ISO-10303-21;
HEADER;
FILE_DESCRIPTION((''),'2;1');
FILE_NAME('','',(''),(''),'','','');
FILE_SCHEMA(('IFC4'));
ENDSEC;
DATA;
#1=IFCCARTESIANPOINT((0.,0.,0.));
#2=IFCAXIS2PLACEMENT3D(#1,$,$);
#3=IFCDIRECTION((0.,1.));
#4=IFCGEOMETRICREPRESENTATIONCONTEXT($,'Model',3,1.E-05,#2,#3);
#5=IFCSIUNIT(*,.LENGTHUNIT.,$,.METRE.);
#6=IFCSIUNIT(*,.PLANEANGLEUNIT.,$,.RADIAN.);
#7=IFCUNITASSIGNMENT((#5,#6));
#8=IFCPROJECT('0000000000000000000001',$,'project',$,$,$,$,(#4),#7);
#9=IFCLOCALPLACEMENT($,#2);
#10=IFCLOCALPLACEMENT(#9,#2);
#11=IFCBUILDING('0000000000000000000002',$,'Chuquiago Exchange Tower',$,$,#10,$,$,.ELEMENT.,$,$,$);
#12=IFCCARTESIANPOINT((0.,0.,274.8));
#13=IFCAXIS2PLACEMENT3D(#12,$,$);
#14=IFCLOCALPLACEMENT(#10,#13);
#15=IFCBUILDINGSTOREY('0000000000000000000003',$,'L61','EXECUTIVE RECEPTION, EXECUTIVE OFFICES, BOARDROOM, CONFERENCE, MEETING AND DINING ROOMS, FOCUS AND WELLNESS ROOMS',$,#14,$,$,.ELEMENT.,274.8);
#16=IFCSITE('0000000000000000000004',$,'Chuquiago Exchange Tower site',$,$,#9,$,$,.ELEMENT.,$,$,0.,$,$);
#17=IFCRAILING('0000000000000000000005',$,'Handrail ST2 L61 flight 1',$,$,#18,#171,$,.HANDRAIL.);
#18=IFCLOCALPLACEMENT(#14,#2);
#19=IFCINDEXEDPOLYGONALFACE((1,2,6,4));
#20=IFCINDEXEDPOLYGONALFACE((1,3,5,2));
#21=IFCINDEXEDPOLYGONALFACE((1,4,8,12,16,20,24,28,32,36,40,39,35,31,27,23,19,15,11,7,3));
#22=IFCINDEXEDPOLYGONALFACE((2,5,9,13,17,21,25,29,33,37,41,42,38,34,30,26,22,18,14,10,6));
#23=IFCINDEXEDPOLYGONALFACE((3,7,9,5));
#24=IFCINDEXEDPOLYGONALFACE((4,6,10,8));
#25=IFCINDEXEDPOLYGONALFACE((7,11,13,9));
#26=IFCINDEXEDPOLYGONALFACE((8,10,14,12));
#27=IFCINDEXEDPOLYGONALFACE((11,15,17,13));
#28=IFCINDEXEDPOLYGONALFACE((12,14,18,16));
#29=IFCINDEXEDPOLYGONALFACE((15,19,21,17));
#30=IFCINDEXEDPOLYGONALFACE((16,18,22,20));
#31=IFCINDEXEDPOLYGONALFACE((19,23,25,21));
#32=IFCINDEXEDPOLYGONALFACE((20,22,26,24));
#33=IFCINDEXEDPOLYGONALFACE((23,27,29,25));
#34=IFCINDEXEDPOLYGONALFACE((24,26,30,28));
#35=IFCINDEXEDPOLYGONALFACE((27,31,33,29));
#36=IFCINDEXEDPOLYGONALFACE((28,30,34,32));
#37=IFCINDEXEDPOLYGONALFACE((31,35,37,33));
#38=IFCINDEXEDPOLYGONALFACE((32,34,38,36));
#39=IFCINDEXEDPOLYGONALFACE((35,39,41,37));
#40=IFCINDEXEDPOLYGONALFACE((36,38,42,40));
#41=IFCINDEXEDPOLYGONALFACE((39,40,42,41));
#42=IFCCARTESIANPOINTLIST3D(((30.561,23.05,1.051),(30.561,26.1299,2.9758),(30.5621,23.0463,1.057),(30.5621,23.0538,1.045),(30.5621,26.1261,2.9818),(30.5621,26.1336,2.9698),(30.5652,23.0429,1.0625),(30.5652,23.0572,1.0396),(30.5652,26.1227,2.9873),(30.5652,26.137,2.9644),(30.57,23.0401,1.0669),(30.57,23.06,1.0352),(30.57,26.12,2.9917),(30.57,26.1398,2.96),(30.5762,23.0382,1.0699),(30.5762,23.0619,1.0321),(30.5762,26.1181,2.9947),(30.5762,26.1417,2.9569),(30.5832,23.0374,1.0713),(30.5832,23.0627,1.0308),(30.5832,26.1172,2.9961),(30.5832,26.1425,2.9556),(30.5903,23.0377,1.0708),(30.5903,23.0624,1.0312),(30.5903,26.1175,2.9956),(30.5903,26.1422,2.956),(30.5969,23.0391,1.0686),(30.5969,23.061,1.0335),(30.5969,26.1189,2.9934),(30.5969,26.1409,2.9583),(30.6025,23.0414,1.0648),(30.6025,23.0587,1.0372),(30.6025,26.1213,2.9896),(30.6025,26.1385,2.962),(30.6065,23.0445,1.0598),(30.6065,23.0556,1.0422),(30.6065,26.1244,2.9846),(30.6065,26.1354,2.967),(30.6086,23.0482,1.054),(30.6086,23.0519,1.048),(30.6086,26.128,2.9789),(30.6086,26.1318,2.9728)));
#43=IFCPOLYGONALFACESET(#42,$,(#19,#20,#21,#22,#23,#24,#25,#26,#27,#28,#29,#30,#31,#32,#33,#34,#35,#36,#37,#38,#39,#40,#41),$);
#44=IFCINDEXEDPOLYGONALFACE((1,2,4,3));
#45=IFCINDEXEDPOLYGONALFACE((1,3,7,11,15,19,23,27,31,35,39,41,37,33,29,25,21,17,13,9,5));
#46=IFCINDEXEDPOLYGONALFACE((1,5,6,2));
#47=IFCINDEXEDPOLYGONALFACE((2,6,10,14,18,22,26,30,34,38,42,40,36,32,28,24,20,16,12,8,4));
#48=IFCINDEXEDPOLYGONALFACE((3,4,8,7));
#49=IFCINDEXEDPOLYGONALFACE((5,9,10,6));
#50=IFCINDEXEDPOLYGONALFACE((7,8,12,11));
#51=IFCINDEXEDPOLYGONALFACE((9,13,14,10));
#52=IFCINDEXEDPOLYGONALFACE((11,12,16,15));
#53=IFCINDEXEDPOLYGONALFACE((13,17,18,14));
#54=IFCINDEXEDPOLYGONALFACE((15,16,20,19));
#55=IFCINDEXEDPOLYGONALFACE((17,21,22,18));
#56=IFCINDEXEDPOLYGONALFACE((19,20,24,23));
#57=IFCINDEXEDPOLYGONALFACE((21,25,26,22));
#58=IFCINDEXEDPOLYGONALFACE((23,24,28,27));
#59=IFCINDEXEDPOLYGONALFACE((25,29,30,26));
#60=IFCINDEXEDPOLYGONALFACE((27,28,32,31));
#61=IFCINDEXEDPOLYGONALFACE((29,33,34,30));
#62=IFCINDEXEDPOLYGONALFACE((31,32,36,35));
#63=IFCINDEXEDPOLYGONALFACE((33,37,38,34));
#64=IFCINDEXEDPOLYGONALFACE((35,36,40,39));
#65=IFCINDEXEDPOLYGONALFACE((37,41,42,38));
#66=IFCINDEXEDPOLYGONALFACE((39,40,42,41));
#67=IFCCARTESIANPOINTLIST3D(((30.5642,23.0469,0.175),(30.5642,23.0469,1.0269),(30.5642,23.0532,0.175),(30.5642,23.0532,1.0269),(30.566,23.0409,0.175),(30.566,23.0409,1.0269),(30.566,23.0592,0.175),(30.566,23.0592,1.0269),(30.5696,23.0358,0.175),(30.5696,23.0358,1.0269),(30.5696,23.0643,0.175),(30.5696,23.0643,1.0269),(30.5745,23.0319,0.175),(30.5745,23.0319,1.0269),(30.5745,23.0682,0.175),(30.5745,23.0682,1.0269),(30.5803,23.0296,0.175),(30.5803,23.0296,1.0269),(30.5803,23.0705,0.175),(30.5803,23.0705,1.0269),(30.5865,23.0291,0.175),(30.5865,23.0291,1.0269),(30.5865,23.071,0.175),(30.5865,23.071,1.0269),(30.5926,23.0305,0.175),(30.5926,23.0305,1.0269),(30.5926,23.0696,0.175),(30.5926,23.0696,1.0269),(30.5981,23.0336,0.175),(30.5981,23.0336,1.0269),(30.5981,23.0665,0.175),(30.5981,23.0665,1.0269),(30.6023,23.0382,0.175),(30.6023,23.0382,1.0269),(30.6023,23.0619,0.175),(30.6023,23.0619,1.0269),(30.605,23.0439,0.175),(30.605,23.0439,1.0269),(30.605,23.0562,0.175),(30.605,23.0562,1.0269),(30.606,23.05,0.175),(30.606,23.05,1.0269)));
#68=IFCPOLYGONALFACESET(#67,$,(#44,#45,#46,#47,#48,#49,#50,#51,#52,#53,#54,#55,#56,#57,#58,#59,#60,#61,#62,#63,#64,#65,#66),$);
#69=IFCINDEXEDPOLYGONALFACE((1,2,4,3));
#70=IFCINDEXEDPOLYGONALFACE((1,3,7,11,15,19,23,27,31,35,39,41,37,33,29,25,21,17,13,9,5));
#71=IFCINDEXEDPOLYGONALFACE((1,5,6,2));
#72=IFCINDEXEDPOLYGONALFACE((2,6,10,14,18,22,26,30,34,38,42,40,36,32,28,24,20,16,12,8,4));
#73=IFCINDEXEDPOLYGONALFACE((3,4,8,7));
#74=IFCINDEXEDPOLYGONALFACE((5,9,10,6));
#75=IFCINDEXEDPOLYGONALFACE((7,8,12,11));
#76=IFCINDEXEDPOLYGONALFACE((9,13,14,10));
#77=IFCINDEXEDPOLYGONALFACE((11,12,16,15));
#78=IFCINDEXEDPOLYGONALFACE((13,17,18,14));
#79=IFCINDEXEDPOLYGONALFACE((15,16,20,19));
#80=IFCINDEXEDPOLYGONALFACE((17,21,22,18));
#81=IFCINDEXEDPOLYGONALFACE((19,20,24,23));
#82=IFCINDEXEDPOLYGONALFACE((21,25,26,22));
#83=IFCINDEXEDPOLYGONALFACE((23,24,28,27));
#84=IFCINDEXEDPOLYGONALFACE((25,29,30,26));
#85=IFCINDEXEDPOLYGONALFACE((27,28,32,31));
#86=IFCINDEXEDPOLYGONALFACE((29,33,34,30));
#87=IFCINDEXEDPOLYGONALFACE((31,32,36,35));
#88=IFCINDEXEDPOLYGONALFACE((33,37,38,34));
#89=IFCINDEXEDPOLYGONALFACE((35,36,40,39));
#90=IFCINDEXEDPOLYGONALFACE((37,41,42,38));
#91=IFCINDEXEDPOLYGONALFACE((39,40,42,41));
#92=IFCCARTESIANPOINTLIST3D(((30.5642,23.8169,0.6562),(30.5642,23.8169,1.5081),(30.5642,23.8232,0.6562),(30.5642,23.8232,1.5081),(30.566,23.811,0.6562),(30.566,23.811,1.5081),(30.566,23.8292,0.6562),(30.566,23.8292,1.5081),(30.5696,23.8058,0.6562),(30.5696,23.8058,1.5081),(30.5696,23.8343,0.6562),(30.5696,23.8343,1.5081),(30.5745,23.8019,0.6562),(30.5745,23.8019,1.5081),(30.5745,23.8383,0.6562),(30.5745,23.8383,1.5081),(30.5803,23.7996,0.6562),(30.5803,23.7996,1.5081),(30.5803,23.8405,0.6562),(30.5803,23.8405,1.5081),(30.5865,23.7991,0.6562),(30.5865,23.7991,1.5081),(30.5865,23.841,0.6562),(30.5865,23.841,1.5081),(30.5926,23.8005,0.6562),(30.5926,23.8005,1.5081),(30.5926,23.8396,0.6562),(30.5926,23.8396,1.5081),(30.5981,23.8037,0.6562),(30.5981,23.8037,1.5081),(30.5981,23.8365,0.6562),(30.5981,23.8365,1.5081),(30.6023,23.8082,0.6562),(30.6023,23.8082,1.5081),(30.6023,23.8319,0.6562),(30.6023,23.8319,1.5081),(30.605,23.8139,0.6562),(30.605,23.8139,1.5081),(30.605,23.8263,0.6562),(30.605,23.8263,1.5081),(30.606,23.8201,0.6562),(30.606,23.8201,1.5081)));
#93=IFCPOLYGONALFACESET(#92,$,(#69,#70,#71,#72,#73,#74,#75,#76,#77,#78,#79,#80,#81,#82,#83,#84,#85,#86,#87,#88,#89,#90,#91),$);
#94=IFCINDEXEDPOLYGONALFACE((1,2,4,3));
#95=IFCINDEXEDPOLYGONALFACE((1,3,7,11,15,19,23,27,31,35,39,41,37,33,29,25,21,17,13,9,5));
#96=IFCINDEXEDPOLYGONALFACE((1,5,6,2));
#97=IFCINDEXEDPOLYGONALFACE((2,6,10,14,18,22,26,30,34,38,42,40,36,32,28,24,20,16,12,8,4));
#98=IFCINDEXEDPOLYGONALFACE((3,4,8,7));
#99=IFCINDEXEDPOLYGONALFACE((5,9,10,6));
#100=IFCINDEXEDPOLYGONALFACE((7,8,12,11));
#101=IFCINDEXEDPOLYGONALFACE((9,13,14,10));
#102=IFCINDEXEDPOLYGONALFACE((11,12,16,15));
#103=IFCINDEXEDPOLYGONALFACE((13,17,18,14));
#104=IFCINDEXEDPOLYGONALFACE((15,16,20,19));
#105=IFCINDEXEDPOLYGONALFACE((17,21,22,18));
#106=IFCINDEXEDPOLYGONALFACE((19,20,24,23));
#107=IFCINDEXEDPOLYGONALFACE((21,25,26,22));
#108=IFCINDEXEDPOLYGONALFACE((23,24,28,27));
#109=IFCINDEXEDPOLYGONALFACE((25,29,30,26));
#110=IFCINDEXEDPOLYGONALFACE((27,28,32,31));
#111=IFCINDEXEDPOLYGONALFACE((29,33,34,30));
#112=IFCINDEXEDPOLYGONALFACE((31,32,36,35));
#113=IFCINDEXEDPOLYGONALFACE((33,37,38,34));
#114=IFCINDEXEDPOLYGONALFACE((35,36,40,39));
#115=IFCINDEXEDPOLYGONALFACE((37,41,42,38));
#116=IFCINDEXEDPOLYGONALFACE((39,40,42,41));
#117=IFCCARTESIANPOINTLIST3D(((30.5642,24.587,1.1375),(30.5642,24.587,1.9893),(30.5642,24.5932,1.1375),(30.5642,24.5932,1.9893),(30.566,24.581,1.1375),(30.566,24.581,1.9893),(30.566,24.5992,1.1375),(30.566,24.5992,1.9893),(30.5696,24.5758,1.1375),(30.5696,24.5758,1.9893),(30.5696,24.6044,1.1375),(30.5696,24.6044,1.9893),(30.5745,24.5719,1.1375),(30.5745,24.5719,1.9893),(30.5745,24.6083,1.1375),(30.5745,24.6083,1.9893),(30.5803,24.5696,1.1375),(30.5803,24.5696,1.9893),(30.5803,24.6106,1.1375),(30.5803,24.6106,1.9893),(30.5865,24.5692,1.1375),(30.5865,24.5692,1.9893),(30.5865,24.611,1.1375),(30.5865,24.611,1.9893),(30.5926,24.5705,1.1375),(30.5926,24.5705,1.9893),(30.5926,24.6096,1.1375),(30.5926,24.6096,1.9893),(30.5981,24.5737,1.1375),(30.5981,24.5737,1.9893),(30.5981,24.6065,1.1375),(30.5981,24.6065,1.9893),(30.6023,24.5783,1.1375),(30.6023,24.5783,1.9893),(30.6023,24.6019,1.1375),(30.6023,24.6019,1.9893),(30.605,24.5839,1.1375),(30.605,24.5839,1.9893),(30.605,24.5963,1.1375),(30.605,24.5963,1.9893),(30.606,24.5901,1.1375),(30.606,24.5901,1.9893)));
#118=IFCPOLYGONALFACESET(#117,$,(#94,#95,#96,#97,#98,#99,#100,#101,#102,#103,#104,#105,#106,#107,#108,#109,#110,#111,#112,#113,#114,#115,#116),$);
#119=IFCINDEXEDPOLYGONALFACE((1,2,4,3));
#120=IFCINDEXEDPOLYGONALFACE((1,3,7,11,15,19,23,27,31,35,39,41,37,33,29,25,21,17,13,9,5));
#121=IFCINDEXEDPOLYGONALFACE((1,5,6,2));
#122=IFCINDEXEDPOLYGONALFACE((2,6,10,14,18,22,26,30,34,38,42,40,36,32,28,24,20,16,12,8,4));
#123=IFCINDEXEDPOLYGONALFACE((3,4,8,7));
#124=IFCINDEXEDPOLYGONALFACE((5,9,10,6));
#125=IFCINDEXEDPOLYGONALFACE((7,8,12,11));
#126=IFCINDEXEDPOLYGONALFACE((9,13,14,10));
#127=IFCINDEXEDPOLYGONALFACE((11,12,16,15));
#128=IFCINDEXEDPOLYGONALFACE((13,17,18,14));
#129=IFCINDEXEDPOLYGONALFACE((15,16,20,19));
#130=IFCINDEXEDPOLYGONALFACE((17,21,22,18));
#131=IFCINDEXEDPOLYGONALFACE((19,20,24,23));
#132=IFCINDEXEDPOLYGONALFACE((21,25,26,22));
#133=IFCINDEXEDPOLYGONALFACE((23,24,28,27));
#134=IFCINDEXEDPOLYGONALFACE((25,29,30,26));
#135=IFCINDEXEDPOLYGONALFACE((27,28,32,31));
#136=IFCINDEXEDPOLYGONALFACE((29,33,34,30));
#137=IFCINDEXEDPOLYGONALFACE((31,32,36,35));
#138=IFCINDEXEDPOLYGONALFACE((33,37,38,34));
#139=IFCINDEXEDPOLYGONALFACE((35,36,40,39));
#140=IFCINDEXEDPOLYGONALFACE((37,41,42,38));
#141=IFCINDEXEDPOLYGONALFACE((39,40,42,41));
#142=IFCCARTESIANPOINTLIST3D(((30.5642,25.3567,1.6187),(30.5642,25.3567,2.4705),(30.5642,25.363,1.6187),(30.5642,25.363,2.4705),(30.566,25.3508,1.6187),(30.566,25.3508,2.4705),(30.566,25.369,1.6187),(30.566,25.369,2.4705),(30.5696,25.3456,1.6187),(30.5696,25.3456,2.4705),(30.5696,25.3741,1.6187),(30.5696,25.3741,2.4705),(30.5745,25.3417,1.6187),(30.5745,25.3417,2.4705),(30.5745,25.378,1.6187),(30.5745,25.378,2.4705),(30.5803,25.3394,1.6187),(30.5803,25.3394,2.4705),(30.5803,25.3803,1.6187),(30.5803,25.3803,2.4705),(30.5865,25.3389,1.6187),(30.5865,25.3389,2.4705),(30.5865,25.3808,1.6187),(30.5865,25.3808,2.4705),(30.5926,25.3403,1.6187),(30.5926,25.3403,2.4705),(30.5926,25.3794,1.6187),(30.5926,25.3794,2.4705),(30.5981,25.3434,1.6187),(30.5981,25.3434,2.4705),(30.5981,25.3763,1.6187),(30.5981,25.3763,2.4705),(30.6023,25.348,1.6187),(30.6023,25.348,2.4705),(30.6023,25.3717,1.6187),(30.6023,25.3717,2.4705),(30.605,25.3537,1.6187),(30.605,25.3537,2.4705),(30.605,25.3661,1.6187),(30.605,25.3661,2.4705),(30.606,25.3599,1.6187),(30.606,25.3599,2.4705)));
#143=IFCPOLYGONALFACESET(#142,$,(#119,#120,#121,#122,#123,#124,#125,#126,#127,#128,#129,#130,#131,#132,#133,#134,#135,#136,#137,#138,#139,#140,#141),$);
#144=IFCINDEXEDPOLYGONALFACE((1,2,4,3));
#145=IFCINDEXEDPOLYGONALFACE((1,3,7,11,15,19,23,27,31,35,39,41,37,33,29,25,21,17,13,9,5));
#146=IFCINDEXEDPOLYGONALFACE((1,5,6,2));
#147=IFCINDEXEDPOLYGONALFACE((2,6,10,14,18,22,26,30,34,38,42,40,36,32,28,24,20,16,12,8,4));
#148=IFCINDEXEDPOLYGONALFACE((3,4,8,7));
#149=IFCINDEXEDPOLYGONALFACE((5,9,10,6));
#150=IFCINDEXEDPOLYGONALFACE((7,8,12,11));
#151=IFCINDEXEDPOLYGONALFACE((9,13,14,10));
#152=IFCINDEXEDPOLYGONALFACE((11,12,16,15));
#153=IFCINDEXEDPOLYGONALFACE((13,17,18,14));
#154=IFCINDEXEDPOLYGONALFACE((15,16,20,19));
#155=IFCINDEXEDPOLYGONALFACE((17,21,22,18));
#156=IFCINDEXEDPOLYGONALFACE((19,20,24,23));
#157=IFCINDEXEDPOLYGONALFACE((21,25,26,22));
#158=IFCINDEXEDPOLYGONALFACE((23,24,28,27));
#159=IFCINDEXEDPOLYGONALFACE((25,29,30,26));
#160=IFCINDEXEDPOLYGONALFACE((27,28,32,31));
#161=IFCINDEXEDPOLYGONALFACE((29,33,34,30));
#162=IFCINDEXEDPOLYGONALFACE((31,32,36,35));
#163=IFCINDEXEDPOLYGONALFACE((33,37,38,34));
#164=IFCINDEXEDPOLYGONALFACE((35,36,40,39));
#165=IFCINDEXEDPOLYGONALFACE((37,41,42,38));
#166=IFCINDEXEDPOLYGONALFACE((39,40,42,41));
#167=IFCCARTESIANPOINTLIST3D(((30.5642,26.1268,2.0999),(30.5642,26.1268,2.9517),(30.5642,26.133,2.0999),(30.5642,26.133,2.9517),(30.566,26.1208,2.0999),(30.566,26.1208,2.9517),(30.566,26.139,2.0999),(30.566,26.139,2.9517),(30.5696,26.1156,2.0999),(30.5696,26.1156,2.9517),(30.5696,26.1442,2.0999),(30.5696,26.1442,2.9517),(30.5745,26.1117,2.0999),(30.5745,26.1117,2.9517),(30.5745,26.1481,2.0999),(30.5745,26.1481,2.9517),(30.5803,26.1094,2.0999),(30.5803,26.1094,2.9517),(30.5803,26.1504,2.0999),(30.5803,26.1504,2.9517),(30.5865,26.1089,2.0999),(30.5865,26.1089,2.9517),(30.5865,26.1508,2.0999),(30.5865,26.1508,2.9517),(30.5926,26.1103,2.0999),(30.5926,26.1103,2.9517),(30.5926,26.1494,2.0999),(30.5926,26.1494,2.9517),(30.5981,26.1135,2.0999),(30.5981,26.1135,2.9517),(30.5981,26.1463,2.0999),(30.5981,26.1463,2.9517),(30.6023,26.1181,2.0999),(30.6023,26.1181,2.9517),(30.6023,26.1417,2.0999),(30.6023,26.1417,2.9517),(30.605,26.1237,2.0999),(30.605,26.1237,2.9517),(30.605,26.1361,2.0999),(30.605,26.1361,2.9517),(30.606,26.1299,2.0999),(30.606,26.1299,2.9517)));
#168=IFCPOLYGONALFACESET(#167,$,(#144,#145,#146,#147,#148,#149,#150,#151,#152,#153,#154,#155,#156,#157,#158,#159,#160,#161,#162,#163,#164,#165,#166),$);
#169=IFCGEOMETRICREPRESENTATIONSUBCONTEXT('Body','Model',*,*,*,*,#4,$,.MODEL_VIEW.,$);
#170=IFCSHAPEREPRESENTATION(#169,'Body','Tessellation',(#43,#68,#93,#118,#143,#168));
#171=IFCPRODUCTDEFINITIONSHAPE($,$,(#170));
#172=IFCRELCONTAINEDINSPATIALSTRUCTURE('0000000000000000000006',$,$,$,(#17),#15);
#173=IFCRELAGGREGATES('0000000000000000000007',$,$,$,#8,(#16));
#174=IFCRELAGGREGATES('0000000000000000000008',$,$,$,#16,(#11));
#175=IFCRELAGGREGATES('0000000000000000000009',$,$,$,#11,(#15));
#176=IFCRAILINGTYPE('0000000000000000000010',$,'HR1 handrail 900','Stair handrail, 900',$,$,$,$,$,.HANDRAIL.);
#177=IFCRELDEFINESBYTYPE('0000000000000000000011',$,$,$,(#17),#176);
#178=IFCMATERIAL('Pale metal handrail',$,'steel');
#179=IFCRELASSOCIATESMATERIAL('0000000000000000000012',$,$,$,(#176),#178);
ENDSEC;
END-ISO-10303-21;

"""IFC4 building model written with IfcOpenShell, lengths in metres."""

from ifc_helpers import new_model, si_unit, direction, frame, origin, origin_2d, place, context, subcontext, project, spatial, circle, extrude, material, type_object, element, save


model = new_model("IFC4")

# Units and contexts
model_context = context("Model", 3, precision=1e-05, world=origin(), true_north=direction((0.0, 1.0)))
body_context = subcontext(model_context, "Body", "Model", "MODEL_VIEW")
ifc_project = project(units=[si_unit("LENGTHUNIT", "METRE"), si_unit("PLANEANGLEUNIT", "RADIAN")], contexts=[model_context])

# Site, building, storey
site_placement = place(None, origin())
site = spatial("IfcSite", under=ifc_project, at=site_placement, Name="Chuquiago Exchange Tower site", CompositionType="ELEMENT", RefElevation=0.0)
building_placement = place(site_placement, origin())
building = spatial("IfcBuilding", under=site, at=building_placement, Name="Chuquiago Exchange Tower", CompositionType="ELEMENT")
storey_placement = place(building_placement, frame((0.0, 0.0, 274.8)))
storey = spatial("IfcBuildingStorey", under=building, at=storey_placement, Name="L61", Description="EXECUTIVE RECEPTION, EXECUTIVE OFFICES, BOARDROOM, CONFERENCE, MEETING AND DINING ROOMS, FOCUS AND WELLNESS ROOMS", CompositionType="ELEMENT", Elevation=274.8)

# Railing
ifc_material_1 = material(Name="Pale metal handrail", Category="steel")
railing_type_1 = type_object("IfcRailingType", Name="HR1 handrail 900", Description="Stair handrail, 900", PredefinedType="HANDRAIL", material=ifc_material_1)
railing_1_placement = place(storey_placement, frame((30.585, 23.05, 0.175)))
element("IfcRailing", 1, at=railing_1_placement, inside=storey, type_object=railing_type_1, Name="Handrail ST2 L61 flight 1", PredefinedType="HANDRAIL", context=body_context, shape_type="SweptSolid", body=[
    extrude(circle(Radius=0.0239, at=origin_2d()), frame((0.0, 0.0, 0.876), z_axis=(0.0, 0.84801, 0.529981), x_axis=(-1.0, 0.0, 0.0)), (0.0, 0.0, 1.0), 3.6318),
    extrude(circle(Radius=0.021, at=origin_2d()), origin(), (0.0, 0.0, 1.0), 0.8518),
    extrude(circle(Radius=0.021, at=origin_2d()), frame((0.0, 0.77, 0.4812)), (0.0, 0.0, 1.0), 0.8518),
    extrude(circle(Radius=0.021, at=origin_2d()), frame((0.0, 1.54, 0.9624)), (0.0, 0.0, 1.0), 0.8518),
    extrude(circle(Radius=0.021, at=origin_2d()), frame((0.0, 2.3098, 1.4436)), (0.0, 0.0, 1.0), 0.8518),
    extrude(circle(Radius=0.021, at=origin_2d()), frame((0.0, 3.0798, 1.9248)), (0.0, 0.0, 1.0), 0.8518),
])

save(model, "model.ifc")
